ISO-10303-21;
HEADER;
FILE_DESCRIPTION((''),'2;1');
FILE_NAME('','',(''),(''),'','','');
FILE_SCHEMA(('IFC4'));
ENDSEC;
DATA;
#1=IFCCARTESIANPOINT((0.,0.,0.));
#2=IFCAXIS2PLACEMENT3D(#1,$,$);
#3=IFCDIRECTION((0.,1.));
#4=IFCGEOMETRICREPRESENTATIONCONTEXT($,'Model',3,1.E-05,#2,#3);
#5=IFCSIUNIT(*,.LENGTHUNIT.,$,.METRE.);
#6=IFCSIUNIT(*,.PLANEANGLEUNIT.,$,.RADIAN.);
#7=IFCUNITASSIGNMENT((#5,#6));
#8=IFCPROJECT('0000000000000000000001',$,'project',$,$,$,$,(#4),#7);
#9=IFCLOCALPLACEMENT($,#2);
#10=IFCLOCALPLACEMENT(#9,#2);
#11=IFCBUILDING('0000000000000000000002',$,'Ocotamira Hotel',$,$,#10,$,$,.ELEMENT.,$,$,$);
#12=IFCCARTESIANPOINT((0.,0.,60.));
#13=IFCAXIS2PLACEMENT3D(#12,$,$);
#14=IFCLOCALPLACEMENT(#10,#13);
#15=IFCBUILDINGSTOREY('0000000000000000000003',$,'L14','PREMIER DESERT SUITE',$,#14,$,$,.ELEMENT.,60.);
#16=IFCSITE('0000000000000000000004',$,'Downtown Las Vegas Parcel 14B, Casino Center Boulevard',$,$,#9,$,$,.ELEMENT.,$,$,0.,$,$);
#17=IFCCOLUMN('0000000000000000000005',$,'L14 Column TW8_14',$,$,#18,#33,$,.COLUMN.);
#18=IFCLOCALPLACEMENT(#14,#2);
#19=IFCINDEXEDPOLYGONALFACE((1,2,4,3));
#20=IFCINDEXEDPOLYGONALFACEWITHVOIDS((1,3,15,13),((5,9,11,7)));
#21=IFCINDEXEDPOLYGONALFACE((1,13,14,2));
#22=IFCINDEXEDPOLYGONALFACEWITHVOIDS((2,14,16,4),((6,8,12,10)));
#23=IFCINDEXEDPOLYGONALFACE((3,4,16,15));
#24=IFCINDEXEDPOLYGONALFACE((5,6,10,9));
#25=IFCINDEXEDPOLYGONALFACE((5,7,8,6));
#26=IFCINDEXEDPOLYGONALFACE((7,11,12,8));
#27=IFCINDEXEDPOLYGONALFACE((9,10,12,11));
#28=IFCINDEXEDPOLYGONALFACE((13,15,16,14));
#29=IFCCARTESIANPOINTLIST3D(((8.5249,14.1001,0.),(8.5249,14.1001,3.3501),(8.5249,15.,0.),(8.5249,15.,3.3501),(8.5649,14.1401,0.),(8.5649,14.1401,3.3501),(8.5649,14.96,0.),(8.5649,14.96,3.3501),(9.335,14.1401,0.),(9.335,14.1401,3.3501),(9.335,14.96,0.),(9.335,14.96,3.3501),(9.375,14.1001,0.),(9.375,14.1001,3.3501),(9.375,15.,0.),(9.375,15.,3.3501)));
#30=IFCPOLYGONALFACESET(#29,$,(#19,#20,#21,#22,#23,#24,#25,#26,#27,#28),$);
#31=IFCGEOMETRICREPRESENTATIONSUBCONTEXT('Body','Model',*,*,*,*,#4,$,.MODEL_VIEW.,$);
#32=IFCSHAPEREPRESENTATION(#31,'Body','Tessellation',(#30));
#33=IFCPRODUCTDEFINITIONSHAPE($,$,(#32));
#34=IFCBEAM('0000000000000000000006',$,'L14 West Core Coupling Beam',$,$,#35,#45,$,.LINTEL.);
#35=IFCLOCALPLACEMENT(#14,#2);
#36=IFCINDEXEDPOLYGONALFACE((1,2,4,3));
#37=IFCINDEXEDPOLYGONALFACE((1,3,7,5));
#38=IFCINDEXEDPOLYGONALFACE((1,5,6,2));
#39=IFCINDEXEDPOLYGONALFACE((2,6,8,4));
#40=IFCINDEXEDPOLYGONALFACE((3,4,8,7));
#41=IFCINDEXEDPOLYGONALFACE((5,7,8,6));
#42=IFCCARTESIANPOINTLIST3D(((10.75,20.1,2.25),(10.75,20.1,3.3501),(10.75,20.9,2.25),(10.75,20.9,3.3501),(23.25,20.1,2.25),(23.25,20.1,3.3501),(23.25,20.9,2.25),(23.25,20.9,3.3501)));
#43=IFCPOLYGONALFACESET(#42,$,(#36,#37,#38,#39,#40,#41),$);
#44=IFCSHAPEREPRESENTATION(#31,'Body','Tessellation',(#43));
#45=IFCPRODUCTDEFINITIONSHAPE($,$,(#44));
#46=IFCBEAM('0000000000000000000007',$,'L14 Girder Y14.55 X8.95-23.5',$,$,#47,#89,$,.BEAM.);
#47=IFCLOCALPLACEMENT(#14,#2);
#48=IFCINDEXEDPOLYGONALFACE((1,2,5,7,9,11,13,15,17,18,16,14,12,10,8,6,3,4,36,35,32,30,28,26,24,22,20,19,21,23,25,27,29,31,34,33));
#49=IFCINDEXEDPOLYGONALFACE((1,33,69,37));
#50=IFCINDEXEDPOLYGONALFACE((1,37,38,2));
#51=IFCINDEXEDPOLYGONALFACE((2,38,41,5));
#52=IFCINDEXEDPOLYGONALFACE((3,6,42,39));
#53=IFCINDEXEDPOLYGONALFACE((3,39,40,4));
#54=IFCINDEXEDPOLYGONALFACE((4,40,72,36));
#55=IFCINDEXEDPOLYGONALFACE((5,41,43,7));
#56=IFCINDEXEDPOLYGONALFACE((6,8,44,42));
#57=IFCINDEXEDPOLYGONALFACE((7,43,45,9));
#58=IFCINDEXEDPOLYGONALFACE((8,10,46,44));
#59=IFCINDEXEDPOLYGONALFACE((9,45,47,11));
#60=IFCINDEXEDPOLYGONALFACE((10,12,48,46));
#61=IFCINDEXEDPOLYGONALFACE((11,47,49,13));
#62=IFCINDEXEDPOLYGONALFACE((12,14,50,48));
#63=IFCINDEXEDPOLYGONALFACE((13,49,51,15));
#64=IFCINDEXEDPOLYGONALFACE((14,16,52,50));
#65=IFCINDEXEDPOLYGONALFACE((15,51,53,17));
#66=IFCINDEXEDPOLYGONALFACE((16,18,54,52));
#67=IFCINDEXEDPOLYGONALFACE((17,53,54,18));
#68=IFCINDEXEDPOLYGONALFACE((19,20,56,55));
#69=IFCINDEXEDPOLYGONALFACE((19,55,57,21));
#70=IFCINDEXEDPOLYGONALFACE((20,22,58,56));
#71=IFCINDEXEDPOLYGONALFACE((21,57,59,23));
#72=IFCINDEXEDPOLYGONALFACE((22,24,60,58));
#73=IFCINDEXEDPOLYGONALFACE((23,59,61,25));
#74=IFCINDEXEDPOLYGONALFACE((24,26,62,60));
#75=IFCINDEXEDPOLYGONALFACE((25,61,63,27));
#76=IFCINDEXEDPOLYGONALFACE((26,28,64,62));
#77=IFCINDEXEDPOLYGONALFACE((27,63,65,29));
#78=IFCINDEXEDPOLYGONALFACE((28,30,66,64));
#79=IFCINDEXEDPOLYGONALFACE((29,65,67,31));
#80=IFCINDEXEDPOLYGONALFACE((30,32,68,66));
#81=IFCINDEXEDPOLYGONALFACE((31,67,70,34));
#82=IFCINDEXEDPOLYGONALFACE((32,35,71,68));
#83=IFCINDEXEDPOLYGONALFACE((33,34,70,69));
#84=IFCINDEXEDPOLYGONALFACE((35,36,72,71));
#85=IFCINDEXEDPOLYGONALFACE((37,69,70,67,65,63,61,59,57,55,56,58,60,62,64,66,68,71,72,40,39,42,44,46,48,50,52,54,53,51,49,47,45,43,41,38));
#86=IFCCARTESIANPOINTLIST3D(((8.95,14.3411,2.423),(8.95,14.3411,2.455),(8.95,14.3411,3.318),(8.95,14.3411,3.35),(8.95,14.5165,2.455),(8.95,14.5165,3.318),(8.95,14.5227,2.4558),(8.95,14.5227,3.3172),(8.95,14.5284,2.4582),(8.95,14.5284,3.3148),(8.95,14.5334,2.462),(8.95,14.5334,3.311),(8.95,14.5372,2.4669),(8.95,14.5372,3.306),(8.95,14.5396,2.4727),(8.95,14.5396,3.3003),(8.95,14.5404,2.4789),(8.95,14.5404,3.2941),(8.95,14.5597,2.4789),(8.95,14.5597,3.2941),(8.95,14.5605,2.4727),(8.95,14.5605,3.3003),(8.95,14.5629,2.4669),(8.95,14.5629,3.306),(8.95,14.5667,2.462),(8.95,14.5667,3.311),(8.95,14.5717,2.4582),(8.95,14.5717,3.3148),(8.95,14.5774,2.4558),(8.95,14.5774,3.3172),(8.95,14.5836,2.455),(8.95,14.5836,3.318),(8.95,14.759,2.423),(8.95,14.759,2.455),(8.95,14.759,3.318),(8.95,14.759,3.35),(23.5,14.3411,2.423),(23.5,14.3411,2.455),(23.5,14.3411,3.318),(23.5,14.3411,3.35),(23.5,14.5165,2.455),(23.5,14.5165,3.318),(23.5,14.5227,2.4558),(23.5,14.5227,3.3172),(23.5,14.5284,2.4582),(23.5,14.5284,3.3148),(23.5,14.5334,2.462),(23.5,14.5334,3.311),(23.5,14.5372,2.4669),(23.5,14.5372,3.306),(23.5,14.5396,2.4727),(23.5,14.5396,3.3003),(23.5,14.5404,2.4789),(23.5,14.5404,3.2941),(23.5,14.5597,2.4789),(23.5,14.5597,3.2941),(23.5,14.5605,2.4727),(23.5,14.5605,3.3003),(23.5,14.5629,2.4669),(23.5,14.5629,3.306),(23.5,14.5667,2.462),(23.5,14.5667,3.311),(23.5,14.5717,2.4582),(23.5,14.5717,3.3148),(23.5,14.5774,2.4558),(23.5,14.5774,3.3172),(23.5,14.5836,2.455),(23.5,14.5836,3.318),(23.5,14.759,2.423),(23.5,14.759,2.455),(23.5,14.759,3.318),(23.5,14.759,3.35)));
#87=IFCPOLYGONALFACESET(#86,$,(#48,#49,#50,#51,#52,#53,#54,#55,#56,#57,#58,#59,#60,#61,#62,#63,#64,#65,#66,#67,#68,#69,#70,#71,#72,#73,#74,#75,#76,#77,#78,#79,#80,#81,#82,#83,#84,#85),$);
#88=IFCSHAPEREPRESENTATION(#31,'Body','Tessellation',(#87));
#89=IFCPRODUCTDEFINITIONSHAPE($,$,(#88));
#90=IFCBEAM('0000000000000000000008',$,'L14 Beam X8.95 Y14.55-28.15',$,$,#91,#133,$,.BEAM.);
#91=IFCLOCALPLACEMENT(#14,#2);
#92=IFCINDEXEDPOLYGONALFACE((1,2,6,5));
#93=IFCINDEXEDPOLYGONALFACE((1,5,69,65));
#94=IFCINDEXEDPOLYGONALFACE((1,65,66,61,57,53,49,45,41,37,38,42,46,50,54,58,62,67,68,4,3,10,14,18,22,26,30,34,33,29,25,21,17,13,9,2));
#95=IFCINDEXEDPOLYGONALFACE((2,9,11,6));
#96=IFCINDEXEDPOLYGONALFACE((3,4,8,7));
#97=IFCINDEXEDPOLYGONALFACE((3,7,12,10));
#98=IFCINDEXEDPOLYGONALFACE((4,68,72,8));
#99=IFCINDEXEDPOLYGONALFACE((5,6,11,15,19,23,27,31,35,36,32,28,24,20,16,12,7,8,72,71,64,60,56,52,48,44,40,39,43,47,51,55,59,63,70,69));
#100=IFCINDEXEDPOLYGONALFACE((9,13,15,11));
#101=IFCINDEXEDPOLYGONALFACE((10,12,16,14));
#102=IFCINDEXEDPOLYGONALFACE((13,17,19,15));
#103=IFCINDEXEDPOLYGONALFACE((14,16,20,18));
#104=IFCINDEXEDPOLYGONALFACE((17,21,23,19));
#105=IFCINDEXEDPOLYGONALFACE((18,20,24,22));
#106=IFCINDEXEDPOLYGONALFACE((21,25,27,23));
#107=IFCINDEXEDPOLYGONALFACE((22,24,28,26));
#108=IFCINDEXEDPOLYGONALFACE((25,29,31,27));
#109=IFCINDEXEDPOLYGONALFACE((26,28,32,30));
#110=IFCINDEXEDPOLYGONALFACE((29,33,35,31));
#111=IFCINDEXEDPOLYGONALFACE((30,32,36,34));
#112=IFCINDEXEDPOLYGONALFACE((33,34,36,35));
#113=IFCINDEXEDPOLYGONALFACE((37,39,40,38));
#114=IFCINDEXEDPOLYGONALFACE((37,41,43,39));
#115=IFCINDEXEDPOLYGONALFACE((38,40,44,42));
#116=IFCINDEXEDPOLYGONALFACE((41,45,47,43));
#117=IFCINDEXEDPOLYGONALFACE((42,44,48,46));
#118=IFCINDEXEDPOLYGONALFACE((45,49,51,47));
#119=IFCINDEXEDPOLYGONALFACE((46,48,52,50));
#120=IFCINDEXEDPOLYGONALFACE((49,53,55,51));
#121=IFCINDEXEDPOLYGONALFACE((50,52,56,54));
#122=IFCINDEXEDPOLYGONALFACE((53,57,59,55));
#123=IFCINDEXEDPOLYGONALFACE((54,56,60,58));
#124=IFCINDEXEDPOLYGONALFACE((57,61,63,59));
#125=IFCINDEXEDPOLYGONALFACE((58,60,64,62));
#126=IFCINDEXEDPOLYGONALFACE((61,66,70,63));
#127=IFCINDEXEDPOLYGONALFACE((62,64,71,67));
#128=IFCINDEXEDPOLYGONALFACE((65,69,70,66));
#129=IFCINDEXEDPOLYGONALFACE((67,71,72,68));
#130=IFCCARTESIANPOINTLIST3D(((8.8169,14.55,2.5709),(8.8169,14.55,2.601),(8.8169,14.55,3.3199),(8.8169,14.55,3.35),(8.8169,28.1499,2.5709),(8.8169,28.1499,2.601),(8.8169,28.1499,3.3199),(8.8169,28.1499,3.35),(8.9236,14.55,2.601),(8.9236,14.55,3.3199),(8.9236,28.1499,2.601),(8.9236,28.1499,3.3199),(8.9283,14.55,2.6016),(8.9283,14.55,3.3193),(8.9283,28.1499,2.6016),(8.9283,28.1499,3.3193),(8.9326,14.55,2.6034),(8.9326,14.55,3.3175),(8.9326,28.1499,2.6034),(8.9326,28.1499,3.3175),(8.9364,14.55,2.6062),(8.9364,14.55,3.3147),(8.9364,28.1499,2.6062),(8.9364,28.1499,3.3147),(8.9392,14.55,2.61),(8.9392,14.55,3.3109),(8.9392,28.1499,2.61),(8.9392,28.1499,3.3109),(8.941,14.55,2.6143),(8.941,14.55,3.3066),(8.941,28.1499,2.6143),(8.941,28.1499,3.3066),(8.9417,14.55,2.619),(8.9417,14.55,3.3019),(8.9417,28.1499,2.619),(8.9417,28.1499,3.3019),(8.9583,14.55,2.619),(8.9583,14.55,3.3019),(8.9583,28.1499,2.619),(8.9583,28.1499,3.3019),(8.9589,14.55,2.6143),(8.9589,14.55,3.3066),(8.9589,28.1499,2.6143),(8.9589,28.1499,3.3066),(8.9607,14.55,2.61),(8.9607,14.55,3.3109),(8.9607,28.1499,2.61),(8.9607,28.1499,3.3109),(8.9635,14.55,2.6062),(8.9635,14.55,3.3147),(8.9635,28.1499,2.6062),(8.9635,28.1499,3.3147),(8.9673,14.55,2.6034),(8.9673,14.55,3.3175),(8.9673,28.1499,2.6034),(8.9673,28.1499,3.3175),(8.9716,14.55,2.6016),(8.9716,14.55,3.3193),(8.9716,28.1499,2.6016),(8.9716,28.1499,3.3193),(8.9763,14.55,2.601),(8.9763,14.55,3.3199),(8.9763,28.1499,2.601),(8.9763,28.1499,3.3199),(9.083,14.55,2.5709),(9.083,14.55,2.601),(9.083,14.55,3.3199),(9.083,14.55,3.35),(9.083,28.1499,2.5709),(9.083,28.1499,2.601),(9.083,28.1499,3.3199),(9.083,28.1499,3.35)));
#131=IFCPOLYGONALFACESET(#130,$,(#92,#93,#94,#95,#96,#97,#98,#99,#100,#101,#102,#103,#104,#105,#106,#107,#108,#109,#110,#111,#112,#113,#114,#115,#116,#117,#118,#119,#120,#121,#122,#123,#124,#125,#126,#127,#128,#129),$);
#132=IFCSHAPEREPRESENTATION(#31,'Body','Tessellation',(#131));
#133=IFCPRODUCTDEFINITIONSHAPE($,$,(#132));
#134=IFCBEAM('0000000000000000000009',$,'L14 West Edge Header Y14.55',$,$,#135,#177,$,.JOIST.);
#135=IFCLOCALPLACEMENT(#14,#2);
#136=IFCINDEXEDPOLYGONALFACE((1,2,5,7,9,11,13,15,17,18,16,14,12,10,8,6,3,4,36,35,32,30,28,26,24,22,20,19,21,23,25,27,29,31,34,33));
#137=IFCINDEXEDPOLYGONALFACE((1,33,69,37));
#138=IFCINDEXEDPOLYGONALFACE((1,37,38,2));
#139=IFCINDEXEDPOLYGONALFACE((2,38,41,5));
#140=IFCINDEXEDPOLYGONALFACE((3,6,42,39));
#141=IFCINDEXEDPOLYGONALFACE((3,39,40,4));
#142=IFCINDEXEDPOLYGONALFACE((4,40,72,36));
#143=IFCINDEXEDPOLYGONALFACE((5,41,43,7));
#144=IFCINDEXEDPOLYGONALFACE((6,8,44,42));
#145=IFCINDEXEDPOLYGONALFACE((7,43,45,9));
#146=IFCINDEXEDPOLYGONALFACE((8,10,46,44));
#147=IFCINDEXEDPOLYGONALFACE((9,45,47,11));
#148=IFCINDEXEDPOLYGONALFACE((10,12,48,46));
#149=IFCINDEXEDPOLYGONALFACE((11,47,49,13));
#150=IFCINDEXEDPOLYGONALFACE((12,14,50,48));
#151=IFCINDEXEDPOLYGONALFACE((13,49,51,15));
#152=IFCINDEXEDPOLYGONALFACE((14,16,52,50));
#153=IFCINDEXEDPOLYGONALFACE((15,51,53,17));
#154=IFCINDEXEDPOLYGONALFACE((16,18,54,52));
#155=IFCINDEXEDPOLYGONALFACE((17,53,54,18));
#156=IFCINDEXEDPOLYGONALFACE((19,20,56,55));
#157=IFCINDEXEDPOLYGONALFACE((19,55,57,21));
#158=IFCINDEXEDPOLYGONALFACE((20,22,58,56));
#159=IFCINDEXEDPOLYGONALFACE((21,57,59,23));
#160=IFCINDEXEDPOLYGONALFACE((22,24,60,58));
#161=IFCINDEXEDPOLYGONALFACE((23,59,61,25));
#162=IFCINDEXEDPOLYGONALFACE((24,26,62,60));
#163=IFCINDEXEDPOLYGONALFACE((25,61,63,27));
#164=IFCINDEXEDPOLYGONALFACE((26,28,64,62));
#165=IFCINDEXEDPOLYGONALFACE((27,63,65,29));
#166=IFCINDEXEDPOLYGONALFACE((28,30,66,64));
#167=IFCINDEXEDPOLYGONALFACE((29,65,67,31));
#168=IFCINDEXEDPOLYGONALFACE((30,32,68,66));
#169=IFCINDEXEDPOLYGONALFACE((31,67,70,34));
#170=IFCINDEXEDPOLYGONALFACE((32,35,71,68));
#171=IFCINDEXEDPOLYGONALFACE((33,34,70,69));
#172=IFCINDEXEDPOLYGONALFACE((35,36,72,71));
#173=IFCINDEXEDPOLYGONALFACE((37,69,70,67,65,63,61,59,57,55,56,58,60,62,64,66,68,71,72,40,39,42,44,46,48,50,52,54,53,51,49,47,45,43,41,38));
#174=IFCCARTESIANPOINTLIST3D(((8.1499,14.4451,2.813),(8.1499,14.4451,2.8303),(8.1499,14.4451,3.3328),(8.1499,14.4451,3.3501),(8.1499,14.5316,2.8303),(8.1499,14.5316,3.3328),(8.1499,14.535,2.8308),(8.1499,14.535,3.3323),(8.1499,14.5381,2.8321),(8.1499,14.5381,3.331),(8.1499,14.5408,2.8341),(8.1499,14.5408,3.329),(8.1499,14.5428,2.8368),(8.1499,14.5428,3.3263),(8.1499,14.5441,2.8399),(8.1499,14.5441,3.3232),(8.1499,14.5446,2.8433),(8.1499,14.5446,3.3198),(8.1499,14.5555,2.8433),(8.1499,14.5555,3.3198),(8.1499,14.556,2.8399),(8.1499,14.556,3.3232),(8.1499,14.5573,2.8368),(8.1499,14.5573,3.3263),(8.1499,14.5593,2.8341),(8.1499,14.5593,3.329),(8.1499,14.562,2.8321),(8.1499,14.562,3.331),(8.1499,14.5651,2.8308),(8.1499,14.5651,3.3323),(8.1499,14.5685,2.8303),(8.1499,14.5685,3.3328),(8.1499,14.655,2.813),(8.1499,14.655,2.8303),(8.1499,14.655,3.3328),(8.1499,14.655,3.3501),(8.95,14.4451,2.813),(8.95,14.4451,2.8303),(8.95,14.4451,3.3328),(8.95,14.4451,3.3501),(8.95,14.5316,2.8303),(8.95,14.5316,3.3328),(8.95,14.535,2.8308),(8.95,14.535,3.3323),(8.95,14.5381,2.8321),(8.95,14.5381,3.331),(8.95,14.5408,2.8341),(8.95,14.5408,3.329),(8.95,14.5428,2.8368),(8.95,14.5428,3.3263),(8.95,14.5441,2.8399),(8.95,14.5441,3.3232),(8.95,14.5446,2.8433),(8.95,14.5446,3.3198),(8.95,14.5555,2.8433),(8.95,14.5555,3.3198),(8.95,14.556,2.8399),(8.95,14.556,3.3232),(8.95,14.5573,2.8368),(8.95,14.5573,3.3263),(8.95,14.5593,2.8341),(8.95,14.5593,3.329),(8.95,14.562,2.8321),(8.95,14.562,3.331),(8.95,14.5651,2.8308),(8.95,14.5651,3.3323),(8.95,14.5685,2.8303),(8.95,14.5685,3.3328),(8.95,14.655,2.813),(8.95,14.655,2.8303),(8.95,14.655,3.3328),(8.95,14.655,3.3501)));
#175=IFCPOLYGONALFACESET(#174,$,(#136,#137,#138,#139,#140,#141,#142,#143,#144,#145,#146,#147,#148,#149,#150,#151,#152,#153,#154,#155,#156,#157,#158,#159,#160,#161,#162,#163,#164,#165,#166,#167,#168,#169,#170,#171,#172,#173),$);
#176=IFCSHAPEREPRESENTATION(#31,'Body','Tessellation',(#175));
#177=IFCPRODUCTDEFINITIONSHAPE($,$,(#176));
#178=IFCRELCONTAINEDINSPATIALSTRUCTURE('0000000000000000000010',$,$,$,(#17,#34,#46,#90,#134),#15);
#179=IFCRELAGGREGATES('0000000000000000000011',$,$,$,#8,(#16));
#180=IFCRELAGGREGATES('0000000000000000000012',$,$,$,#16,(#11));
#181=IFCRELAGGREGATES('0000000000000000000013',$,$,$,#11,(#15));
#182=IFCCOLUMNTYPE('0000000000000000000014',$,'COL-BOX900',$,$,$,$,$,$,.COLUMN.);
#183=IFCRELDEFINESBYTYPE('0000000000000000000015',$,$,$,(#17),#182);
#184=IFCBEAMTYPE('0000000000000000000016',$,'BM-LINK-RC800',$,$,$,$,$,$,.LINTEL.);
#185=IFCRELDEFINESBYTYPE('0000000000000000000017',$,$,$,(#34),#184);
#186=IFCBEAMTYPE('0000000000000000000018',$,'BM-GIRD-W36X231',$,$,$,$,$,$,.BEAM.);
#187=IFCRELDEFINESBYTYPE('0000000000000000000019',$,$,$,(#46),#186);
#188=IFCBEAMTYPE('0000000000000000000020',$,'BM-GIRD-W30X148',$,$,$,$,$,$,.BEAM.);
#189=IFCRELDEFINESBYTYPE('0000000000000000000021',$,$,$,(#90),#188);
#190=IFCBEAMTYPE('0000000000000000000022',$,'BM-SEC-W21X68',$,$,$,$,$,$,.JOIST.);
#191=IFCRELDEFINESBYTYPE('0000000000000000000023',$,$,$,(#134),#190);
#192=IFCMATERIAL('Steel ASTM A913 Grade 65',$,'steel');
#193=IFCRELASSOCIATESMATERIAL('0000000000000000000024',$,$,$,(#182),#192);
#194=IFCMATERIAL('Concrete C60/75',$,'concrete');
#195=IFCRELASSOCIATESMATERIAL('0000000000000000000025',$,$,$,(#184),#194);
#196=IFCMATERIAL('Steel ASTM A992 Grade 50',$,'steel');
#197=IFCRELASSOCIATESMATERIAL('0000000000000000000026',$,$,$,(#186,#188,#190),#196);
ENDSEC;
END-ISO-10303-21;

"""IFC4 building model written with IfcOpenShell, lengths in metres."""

from ifc_helpers import new_model, si_unit, direction, frame, origin, origin_2d, place, context, subcontext, project, spatial, rectangle, hollow_rectangle, i_section, extrude, source, transform, mapped, material, material_profile, profile_set, type_object, element, save


model = new_model("IFC4")

# Units and contexts
model_context = context("Model", 3, precision=1e-05, world=origin(), true_north=direction((0.0, 1.0)))
body_context = subcontext(model_context, "Body", "Model", "MODEL_VIEW")
ifc_project = project(units=[si_unit("LENGTHUNIT", "METRE"), si_unit("PLANEANGLEUNIT", "RADIAN")], contexts=[model_context])

# Site, building, storey
site_placement = place(None, origin())
site = spatial("IfcSite", under=ifc_project, at=site_placement, Name="Downtown Las Vegas Parcel 14B, Casino Center Boulevard", CompositionType="ELEMENT", RefElevation=0.0)
building_placement = place(site_placement, origin())
building = spatial("IfcBuilding", under=site, at=building_placement, Name="Ocotamira Hotel", CompositionType="ELEMENT")
storey_placement = place(building_placement, frame((0.0, 0.0, 60.0)))
storey = spatial("IfcBuildingStorey", under=building, at=storey_placement, Name="L14", Description="PREMIER DESERT SUITE", CompositionType="ELEMENT", Elevation=60.0)

# Column
ifc_material_1 = material(Name="Steel ASTM A913 Grade 65", Category="steel")
ifc_material_profile_1 = material_profile(ifc_material_1, hollow_rectangle(XDim=0.8501, YDim=0.8999, WallThickness=0.04, at=origin_2d()), Name="BOX900X850X40")
ifc_profile_set_1 = profile_set([ifc_material_profile_1], Name="Steel ASTM A913 Grade 65")
column_type = type_object("IfcColumnType", Name="COL-BOX900", PredefinedType="COLUMN", material=ifc_profile_set_1)
shared_shape_1 = source(origin(), body_context, "Body", "SweptSolid", [
    extrude(hollow_rectangle(XDim=0.8501, YDim=0.8999, WallThickness=0.04, at=origin_2d()), origin(), (0.0, 0.0, 1.0), 3.3501),
])
column_placement = place(storey_placement, frame((8.95, 14.55, 0.0), z_axis=(0.0, 0.0, 1.0), x_axis=(1.0, 0.0, 0.0)))
element("IfcColumn", 1, at=column_placement, inside=storey, type_object=column_type, Name="L14 Column TW8_14", PredefinedType="COLUMN", context=body_context, shape_type="MappedRepresentation", body=[
    mapped(shared_shape_1, transform((0.0, 0.0, 0.0), scale=1.0)),
])

# Beams
ifc_material_2 = material(Name="Concrete C60/75", Category="concrete")
ifc_material_profile_2 = material_profile(ifc_material_2, rectangle(XDim=0.8, YDim=1.1001, at=origin_2d()), Name="RC800X1100")
ifc_profile_set_2 = profile_set([ifc_material_profile_2], Name="Concrete C60/75")
beam_type_1 = type_object("IfcBeamType", Name="BM-LINK-RC800", PredefinedType="LINTEL", material=ifc_profile_set_2)
shared_shape_2 = source(origin(), body_context, "Body", "SweptSolid", [
    extrude(rectangle(XDim=0.8, YDim=1.1001, at=origin_2d()), origin(), (0.0, 0.0, 1.0), 12.5),
])
beam_1_placement = place(storey_placement, frame((10.75, 20.5, 2.8), z_axis=(1.0, 0.0, 0.0), x_axis=(0.0, 1.0, 0.0)))
element("IfcBeam", 2, at=beam_1_placement, inside=storey, type_object=beam_type_1, Name="L14 West Core Coupling Beam", PredefinedType="LINTEL", context=body_context, shape_type="MappedRepresentation", body=[
    mapped(shared_shape_2, transform((0.0, 0.0, 0.0), scale=1.0)),
])
ifc_material_3 = material(Name="Steel ASTM A992 Grade 50", Category="steel")
ifc_material_profile_3 = material_profile(ifc_material_3, i_section(OverallWidth=0.418, OverallDepth=0.927, WebThickness=0.0193, FlangeThickness=0.032, FilletRadius=0.0239, at=origin_2d()), Name="W36X231")
ifc_profile_set_3 = profile_set([ifc_material_profile_3], Name="Steel ASTM A992 Grade 50")
beam_type_2 = type_object("IfcBeamType", Name="BM-GIRD-W36X231", PredefinedType="BEAM", material=ifc_profile_set_3)
shared_shape_3 = source(origin(), body_context, "Body", "SweptSolid", [
    extrude(i_section(OverallWidth=0.418, OverallDepth=0.927, WebThickness=0.0193, FlangeThickness=0.032, FilletRadius=0.0239, at=origin_2d()), origin(), (0.0, 0.0, 1.0), 14.55),
])
beam_2_placement = place(storey_placement, frame((8.95, 14.55, 2.8865), z_axis=(1.0, 0.0, 0.0), x_axis=(0.0, 1.0, 0.0)))
element("IfcBeam", 3, at=beam_2_placement, inside=storey, type_object=beam_type_2, Name="L14 Girder Y14.55 X8.95-23.5", PredefinedType="BEAM", context=body_context, shape_type="MappedRepresentation", body=[
    mapped(shared_shape_3, transform((0.0, 0.0, 0.0), scale=1.0)),
])
ifc_material_profile_4 = material_profile(ifc_material_3, i_section(OverallWidth=0.2661, OverallDepth=0.7791, WebThickness=0.0166, FlangeThickness=0.03, FilletRadius=0.0181, at=origin_2d()), Name="W30X148")
ifc_profile_set_4 = profile_set([ifc_material_profile_4], Name="Steel ASTM A992 Grade 50")
beam_type_3 = type_object("IfcBeamType", Name="BM-GIRD-W30X148", PredefinedType="BEAM", material=ifc_profile_set_4)
shared_shape_4 = source(origin(), body_context, "Body", "SweptSolid", [
    extrude(i_section(OverallWidth=0.2661, OverallDepth=0.7791, WebThickness=0.0166, FlangeThickness=0.03, FilletRadius=0.0181, at=origin_2d()), origin(), (0.0, 0.0, 1.0), 13.5999),
])
beam_3_placement = place(storey_placement, frame((8.95, 14.55, 2.9604), z_axis=(0.0, 1.0, 0.0), x_axis=(-1.0, 0.0, 0.0)))
element("IfcBeam", 4, at=beam_3_placement, inside=storey, type_object=beam_type_3, Name="L14 Beam X8.95 Y14.55-28.15", PredefinedType="BEAM", context=body_context, shape_type="MappedRepresentation", body=[
    mapped(shared_shape_4, transform((0.0, 0.0, 0.0), scale=1.0)),
])
ifc_material_profile_5 = material_profile(ifc_material_3, i_section(OverallWidth=0.21, OverallDepth=0.5371, WebThickness=0.011, FlangeThickness=0.0173, FilletRadius=0.0129, at=origin_2d()), Name="W21X68")
ifc_profile_set_5 = profile_set([ifc_material_profile_5], Name="Steel ASTM A992 Grade 50")
beam_type_4 = type_object("IfcBeamType", Name="BM-SEC-W21X68", PredefinedType="JOIST", material=ifc_profile_set_5)
shared_shape_5 = source(origin(), body_context, "Body", "SweptSolid", [
    extrude(i_section(OverallWidth=0.21, OverallDepth=0.5371, WebThickness=0.011, FlangeThickness=0.0173, FilletRadius=0.0129, at=origin_2d()), origin(), (0.0, 0.0, 1.0), 0.8),
])
beam_4_placement = place(storey_placement, frame((8.95, 14.55, 3.0815), z_axis=(-1.0, 0.0, 0.0), x_axis=(0.0, -1.0, 0.0)))
element("IfcBeam", 5, at=beam_4_placement, inside=storey, type_object=beam_type_4, Name="L14 West Edge Header Y14.55", PredefinedType="JOIST", context=body_context, shape_type="MappedRepresentation", body=[
    mapped(shared_shape_5, transform((0.0, 0.0, 0.0), scale=1.0)),
])

save(model, "model.ifc")
